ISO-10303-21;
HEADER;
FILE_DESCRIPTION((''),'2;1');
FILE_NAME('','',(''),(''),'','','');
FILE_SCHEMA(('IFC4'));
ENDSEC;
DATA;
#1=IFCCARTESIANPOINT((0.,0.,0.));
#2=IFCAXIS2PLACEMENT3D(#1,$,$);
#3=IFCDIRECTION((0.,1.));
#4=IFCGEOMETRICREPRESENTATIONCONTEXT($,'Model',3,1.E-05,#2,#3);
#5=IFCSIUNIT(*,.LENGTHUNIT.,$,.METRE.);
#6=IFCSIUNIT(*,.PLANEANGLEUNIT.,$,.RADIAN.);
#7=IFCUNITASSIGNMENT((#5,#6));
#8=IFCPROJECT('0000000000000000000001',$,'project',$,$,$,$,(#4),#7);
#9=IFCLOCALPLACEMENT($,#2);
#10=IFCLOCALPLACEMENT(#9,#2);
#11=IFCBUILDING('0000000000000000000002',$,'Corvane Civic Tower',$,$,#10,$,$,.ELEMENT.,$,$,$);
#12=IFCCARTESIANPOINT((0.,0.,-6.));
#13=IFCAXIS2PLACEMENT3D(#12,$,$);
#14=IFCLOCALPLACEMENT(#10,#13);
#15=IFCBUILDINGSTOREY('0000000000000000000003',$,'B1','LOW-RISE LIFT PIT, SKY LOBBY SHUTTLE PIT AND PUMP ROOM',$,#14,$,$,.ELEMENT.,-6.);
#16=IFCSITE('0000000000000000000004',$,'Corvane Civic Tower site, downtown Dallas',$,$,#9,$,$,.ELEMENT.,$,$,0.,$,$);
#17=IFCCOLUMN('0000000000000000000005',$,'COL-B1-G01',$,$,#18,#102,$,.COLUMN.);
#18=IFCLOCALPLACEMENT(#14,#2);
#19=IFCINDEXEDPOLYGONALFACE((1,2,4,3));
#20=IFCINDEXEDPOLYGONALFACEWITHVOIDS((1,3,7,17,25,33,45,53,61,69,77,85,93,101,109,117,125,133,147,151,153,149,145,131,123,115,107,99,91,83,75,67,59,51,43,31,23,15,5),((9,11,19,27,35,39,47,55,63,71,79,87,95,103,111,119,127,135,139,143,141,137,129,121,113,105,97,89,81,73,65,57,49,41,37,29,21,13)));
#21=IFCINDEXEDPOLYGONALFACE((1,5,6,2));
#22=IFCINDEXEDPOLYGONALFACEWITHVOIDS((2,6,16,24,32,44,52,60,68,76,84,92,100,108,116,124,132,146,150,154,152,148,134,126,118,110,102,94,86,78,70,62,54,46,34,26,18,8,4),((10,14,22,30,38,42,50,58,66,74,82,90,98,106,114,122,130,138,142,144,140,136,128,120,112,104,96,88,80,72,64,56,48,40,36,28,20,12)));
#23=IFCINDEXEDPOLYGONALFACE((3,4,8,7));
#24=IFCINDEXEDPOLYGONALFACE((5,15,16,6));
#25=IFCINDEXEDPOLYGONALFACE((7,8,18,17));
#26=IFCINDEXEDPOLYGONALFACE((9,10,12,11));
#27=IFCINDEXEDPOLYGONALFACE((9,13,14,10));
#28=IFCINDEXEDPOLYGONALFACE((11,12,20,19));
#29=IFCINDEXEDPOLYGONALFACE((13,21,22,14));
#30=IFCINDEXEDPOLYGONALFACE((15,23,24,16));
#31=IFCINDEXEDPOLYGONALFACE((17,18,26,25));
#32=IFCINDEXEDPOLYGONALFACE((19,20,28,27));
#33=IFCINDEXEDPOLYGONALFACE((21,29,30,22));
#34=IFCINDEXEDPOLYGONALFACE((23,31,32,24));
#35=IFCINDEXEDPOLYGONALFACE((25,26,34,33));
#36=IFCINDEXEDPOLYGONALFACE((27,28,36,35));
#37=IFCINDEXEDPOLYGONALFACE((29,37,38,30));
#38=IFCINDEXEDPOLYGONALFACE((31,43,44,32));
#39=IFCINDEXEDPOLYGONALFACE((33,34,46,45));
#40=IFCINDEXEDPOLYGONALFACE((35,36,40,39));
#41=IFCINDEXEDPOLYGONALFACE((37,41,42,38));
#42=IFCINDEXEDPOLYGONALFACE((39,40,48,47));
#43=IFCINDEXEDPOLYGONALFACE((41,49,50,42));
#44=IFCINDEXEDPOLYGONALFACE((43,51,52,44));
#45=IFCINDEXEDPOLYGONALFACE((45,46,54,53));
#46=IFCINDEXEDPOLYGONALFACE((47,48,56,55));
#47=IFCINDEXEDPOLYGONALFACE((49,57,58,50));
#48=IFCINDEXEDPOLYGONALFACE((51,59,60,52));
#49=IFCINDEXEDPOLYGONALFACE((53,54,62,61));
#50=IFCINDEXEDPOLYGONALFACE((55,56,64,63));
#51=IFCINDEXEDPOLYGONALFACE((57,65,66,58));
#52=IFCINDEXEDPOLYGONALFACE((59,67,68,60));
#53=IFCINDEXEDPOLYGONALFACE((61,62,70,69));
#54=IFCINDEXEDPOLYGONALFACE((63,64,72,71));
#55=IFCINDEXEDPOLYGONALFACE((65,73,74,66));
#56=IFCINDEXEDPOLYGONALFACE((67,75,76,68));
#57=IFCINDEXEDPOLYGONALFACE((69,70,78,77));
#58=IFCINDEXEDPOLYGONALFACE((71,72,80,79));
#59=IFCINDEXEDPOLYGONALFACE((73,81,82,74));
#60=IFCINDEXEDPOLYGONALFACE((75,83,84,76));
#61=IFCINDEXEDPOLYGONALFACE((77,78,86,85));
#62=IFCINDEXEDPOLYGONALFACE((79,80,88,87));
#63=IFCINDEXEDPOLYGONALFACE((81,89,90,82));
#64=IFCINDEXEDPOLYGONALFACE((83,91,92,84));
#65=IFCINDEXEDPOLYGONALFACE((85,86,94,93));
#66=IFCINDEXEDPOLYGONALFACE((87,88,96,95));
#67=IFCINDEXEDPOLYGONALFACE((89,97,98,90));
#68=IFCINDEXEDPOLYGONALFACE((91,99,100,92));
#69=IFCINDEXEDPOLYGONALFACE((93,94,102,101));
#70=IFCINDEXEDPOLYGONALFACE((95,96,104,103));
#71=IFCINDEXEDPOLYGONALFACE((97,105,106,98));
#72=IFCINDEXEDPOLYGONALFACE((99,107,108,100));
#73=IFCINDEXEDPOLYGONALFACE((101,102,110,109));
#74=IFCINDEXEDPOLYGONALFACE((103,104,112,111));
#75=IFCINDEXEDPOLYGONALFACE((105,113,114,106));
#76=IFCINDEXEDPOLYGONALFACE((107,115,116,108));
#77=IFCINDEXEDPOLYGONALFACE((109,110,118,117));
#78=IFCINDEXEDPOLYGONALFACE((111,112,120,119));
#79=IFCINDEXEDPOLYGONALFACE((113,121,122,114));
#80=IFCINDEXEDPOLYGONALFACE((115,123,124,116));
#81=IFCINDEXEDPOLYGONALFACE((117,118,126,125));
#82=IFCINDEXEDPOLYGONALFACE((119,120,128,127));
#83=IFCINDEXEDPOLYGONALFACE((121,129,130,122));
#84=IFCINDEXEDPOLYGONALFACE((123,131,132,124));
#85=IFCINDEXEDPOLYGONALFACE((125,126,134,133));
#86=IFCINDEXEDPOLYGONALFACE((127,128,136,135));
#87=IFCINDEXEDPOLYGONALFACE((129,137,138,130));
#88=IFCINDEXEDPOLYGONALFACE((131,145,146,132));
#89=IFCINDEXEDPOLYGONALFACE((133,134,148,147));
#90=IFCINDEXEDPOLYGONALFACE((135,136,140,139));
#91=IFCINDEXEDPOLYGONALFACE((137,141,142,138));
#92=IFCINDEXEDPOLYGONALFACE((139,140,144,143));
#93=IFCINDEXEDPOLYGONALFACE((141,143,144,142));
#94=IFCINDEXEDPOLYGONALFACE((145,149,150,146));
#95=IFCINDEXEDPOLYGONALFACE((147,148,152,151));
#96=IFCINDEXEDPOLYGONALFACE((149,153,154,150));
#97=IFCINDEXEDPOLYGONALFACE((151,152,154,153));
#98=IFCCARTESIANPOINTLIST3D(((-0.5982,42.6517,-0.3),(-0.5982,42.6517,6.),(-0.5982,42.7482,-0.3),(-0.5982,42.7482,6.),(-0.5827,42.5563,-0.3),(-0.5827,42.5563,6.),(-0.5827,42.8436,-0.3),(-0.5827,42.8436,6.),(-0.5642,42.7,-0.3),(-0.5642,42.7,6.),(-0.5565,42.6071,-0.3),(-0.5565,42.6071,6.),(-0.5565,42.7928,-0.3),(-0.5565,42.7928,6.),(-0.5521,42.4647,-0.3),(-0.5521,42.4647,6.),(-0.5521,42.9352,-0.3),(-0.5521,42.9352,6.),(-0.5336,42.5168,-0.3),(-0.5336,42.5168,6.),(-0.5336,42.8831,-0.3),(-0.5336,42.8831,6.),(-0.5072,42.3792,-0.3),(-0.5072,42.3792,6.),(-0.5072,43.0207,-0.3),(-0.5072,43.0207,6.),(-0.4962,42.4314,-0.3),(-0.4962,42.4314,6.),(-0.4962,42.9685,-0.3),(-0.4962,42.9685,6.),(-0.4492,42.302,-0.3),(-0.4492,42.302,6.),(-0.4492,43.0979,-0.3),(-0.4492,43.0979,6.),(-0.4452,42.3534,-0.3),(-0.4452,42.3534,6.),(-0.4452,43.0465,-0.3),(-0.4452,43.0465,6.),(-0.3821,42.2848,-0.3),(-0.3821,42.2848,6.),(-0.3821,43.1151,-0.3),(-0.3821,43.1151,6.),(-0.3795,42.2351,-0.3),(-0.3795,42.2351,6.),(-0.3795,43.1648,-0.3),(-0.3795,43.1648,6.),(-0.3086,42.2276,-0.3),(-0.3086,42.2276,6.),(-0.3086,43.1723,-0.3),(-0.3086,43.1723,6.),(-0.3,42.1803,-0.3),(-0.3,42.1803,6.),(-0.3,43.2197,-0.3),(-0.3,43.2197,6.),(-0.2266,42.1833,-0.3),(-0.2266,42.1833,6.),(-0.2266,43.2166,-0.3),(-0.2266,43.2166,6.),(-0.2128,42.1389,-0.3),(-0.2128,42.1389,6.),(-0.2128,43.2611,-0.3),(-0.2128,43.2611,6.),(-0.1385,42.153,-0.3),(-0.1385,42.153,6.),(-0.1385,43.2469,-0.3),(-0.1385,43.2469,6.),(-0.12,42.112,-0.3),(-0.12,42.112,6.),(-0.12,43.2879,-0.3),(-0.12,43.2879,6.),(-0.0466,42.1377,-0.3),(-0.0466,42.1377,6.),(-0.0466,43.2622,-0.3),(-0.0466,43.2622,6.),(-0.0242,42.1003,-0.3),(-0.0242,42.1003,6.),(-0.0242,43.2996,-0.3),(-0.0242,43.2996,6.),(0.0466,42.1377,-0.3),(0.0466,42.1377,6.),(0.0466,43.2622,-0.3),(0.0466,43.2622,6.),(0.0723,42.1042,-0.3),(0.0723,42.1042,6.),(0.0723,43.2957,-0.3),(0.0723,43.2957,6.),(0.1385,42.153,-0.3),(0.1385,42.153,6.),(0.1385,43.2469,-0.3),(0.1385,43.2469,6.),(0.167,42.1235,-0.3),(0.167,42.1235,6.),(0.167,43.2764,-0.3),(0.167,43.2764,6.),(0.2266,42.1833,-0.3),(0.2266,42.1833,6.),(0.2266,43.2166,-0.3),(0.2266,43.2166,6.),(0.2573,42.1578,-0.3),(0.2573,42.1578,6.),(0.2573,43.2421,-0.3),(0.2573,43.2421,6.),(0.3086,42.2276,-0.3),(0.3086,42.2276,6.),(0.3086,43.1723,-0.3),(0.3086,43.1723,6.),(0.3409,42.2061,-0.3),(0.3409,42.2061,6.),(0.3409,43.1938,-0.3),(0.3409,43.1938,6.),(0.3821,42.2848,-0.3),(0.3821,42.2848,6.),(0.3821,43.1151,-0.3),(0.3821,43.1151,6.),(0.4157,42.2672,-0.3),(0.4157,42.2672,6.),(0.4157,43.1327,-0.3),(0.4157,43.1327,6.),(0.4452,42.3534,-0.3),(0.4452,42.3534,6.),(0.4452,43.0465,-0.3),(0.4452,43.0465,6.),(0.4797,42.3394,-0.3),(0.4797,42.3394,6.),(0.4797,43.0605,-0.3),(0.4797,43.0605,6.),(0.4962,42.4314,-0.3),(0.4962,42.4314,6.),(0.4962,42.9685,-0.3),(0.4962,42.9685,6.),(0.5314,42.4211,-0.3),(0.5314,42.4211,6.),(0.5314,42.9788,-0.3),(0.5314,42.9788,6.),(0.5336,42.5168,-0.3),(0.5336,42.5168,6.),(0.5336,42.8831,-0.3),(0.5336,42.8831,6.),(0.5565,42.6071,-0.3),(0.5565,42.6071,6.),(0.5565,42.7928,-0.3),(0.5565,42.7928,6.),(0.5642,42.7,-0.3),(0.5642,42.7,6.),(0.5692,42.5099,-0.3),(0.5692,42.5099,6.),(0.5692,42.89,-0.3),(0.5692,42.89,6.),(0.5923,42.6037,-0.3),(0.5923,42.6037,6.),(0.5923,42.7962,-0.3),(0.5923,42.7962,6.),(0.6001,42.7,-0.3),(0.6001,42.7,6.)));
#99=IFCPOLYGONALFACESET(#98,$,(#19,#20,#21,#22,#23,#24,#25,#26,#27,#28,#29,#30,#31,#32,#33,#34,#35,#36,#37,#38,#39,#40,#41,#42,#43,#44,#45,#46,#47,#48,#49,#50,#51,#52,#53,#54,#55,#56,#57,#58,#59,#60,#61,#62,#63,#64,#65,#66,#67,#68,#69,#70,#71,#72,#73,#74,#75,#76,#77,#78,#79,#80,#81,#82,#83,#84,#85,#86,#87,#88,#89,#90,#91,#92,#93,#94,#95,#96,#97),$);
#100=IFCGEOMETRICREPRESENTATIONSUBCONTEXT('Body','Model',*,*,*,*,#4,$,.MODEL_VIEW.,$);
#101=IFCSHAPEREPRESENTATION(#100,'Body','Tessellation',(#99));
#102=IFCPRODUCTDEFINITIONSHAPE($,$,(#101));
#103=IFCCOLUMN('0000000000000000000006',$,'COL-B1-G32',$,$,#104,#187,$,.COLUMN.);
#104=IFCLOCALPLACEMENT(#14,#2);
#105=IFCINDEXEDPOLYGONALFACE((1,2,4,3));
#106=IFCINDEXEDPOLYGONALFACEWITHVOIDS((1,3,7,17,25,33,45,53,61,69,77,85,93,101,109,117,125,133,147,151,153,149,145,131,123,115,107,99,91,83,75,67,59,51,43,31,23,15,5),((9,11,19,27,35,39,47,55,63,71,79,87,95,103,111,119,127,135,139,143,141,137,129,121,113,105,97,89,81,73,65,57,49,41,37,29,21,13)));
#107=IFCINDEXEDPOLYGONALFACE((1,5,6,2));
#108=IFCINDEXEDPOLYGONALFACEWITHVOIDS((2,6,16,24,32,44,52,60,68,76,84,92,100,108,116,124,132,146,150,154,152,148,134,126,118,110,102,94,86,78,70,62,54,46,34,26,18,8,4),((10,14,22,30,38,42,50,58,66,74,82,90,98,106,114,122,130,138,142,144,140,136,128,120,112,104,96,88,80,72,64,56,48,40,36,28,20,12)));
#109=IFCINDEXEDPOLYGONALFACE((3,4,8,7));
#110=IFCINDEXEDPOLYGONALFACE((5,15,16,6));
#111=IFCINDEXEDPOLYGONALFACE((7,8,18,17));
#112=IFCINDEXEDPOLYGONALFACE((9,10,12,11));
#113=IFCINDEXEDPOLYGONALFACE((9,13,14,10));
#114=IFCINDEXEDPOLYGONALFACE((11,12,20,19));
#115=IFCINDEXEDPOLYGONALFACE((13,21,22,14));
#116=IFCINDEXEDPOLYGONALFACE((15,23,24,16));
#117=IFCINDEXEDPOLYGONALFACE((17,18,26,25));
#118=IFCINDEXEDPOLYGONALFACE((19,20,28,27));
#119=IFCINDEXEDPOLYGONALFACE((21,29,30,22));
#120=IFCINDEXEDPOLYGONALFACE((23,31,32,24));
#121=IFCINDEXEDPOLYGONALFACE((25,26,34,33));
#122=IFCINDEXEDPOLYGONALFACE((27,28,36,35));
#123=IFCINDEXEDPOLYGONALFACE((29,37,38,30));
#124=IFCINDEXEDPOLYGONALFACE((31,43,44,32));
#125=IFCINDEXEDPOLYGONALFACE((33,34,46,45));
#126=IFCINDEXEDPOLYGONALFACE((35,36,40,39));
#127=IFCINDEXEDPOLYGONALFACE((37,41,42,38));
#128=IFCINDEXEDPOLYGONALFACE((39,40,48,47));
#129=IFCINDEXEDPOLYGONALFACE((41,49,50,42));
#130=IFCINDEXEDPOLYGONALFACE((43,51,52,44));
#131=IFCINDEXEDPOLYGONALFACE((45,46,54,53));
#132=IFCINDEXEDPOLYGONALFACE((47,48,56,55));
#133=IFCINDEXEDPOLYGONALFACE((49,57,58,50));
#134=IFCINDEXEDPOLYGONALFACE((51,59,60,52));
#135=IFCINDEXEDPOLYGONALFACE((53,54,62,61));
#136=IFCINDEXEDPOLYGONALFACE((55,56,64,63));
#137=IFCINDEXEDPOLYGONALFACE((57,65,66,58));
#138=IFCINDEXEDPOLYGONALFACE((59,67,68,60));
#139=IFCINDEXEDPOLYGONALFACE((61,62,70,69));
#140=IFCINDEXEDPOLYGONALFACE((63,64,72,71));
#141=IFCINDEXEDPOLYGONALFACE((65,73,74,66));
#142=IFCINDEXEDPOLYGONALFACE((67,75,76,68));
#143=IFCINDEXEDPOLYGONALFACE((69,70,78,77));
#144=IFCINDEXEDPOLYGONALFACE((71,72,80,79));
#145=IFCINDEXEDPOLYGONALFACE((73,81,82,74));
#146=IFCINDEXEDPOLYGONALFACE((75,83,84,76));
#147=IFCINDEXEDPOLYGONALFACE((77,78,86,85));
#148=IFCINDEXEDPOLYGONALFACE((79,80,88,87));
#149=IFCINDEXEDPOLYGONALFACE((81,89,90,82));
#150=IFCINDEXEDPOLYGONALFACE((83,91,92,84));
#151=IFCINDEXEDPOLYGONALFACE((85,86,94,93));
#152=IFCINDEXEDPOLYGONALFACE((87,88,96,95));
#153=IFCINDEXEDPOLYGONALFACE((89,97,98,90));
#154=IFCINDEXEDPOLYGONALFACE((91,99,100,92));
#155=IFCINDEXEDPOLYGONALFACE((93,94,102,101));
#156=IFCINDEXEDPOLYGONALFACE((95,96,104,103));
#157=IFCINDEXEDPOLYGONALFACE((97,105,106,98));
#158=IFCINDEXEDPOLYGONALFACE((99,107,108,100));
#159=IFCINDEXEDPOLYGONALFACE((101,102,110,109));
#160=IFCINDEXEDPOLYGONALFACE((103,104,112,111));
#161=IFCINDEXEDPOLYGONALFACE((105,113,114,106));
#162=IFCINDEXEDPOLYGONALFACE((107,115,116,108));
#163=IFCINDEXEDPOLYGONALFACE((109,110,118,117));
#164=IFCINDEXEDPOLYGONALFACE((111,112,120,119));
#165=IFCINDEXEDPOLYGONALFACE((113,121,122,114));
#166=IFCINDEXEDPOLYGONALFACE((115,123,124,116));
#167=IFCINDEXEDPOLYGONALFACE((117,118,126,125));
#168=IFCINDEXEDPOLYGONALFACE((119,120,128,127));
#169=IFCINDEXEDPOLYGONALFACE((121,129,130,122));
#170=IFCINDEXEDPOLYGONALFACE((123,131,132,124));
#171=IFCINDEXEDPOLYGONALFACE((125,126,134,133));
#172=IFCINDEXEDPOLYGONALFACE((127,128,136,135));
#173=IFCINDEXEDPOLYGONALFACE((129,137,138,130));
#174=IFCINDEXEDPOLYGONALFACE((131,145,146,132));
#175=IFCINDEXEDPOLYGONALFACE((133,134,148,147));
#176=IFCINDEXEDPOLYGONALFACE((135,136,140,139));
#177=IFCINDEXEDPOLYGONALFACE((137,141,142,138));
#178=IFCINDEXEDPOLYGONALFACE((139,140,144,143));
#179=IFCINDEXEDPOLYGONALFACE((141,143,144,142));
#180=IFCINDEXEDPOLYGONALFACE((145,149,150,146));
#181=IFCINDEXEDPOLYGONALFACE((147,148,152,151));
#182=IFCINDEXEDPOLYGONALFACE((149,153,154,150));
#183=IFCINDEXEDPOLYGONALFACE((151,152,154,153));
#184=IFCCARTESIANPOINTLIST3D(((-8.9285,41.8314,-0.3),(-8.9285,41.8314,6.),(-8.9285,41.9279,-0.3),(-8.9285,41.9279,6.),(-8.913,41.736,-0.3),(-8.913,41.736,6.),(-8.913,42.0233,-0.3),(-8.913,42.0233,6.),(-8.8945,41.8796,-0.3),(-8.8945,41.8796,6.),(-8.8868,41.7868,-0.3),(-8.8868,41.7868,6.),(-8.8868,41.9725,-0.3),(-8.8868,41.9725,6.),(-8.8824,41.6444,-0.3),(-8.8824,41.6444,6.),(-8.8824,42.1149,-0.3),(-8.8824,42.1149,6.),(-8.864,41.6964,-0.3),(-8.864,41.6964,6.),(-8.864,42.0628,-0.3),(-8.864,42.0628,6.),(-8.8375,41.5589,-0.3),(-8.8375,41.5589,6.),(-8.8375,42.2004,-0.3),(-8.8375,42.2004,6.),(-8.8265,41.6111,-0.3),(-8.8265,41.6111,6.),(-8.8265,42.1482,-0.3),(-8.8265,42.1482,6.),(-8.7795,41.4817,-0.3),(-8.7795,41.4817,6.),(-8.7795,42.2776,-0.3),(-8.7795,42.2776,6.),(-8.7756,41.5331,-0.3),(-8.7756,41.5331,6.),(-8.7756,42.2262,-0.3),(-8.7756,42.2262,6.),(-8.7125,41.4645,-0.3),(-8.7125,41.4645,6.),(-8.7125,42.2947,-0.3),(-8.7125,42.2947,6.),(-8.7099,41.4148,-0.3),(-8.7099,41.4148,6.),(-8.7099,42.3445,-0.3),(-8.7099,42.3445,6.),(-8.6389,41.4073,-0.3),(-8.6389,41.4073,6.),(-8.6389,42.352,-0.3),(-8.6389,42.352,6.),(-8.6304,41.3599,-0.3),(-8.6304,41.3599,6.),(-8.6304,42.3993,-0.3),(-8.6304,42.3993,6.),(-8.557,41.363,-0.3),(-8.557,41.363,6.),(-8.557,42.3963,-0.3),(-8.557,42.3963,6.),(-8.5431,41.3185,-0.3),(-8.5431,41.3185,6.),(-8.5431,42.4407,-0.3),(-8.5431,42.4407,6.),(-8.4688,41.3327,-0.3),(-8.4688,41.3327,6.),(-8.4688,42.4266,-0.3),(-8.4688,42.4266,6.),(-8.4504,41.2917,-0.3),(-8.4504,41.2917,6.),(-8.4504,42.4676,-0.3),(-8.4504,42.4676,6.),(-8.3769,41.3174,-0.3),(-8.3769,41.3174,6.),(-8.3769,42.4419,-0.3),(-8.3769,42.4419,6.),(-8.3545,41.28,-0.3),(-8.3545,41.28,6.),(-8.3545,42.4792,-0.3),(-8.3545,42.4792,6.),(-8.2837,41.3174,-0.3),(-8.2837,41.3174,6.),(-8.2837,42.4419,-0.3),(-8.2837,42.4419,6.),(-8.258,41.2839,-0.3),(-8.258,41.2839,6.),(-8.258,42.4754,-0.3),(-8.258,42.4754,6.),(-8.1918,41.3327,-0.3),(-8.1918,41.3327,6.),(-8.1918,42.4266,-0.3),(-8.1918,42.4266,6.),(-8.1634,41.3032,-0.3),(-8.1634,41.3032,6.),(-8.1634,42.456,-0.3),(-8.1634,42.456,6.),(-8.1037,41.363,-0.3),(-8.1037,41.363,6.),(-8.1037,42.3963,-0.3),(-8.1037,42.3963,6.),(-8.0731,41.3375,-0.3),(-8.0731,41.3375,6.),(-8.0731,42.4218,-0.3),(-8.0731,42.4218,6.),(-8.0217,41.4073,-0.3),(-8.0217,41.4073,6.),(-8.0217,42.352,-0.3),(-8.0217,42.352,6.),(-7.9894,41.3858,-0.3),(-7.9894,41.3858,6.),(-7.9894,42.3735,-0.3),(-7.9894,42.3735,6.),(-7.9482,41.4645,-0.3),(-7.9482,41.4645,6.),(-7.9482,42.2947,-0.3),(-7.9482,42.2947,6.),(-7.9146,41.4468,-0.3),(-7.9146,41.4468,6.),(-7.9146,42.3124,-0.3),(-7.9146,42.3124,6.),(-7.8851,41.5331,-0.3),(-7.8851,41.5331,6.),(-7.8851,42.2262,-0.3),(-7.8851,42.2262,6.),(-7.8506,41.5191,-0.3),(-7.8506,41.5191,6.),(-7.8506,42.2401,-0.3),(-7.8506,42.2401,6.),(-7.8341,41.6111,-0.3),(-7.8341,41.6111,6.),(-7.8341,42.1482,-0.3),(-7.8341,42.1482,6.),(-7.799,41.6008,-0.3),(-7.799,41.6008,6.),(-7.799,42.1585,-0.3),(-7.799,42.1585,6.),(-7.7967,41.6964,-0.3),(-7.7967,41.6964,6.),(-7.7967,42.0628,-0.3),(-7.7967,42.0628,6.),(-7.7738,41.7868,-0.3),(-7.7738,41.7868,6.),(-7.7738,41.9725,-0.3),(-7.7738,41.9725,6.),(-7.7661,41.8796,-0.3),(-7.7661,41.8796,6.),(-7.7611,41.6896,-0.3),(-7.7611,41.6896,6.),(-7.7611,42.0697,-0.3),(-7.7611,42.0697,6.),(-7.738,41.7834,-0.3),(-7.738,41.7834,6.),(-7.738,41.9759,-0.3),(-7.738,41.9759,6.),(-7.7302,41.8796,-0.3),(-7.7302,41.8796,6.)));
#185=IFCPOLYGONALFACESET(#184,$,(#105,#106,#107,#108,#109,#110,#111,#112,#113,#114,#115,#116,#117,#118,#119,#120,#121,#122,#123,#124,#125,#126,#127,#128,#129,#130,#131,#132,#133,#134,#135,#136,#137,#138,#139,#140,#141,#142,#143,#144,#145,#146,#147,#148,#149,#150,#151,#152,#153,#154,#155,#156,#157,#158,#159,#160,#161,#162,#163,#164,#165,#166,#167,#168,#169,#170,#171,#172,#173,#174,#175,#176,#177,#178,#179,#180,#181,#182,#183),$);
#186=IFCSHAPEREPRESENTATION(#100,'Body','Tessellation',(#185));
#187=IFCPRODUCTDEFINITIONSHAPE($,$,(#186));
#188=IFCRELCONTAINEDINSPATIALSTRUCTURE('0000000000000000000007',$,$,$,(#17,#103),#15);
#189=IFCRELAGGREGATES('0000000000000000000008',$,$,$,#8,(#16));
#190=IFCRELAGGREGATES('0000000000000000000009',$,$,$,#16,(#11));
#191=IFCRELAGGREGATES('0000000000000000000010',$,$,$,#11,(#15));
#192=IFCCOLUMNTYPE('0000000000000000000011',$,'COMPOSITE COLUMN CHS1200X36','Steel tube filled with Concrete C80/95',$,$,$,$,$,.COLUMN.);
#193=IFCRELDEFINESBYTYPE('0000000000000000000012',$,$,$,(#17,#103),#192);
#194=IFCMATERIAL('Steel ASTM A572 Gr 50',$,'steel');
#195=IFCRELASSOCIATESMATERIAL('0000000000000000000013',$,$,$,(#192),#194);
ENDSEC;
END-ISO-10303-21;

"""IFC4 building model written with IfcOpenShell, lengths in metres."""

from ifc_helpers import new_model, si_unit, direction, frame, origin, origin_2d, place, context, subcontext, project, spatial, hollow_circle, extrude, material, material_profile, profile_set, type_object, element, save


model = new_model("IFC4")

# Units and contexts
model_context = context("Model", 3, precision=1e-05, world=origin(), true_north=direction((0.0, 1.0)))
body_context = subcontext(model_context, "Body", "Model", "MODEL_VIEW")
ifc_project = project(units=[si_unit("LENGTHUNIT", "METRE"), si_unit("PLANEANGLEUNIT", "RADIAN")], contexts=[model_context])

# Site, building, storey
site_placement = place(None, origin())
site = spatial("IfcSite", under=ifc_project, at=site_placement, Name="Corvane Civic Tower site, downtown Dallas", CompositionType="ELEMENT", RefElevation=0.0)
building_placement = place(site_placement, origin())
building = spatial("IfcBuilding", under=site, at=building_placement, Name="Corvane Civic Tower", CompositionType="ELEMENT")
storey_placement = place(building_placement, frame((0.0, 0.0, -6.0)))
storey = spatial("IfcBuildingStorey", under=building, at=storey_placement, Name="B1", Description="LOW-RISE LIFT PIT, SKY LOBBY SHUTTLE PIT AND PUMP ROOM", CompositionType="ELEMENT", Elevation=-6.0)

# Columns
ifc_material_1 = material(Name="Steel ASTM A572 Gr 50", Category="steel")
ifc_material_profile_1 = material_profile(ifc_material_1, hollow_circle(Radius=0.6001, WallThickness=0.0359, at=origin_2d()), Name="CHS1200X36")
ifc_profile_set_1 = profile_set([ifc_material_profile_1], Name="Steel ASTM A572 Gr 50")
column_type_1 = type_object("IfcColumnType", Name="COMPOSITE COLUMN CHS1200X36", Description="Steel tube filled with Concrete C80/95", PredefinedType="COLUMN", material=ifc_profile_set_1)
for number, where, z_axis, x_axis, name in (
    (1, (0.0, 42.7, -0.3), (0.0, 0.0, 1.0), (1.0, 0.0, 0.0), "COL-B1-G01"),
    (2, (-8.3303, 41.8796, -0.3), (0.0, 0.0, 1.0), (1.0, 0.0, 0.0), "COL-B1-G32"),
):
    element("IfcColumn", number, at=place(storey_placement, frame(where, z_axis=z_axis, x_axis=x_axis)), inside=storey, type_object=column_type_1, Name=name, PredefinedType="COLUMN", context=body_context, shape_type="SweptSolid", body=[
        extrude(hollow_circle(Radius=0.6001, WallThickness=0.0359, at=origin_2d()), origin(), (0.0, 0.0, 1.0), 6.3),
    ])

save(model, "model.ifc")
